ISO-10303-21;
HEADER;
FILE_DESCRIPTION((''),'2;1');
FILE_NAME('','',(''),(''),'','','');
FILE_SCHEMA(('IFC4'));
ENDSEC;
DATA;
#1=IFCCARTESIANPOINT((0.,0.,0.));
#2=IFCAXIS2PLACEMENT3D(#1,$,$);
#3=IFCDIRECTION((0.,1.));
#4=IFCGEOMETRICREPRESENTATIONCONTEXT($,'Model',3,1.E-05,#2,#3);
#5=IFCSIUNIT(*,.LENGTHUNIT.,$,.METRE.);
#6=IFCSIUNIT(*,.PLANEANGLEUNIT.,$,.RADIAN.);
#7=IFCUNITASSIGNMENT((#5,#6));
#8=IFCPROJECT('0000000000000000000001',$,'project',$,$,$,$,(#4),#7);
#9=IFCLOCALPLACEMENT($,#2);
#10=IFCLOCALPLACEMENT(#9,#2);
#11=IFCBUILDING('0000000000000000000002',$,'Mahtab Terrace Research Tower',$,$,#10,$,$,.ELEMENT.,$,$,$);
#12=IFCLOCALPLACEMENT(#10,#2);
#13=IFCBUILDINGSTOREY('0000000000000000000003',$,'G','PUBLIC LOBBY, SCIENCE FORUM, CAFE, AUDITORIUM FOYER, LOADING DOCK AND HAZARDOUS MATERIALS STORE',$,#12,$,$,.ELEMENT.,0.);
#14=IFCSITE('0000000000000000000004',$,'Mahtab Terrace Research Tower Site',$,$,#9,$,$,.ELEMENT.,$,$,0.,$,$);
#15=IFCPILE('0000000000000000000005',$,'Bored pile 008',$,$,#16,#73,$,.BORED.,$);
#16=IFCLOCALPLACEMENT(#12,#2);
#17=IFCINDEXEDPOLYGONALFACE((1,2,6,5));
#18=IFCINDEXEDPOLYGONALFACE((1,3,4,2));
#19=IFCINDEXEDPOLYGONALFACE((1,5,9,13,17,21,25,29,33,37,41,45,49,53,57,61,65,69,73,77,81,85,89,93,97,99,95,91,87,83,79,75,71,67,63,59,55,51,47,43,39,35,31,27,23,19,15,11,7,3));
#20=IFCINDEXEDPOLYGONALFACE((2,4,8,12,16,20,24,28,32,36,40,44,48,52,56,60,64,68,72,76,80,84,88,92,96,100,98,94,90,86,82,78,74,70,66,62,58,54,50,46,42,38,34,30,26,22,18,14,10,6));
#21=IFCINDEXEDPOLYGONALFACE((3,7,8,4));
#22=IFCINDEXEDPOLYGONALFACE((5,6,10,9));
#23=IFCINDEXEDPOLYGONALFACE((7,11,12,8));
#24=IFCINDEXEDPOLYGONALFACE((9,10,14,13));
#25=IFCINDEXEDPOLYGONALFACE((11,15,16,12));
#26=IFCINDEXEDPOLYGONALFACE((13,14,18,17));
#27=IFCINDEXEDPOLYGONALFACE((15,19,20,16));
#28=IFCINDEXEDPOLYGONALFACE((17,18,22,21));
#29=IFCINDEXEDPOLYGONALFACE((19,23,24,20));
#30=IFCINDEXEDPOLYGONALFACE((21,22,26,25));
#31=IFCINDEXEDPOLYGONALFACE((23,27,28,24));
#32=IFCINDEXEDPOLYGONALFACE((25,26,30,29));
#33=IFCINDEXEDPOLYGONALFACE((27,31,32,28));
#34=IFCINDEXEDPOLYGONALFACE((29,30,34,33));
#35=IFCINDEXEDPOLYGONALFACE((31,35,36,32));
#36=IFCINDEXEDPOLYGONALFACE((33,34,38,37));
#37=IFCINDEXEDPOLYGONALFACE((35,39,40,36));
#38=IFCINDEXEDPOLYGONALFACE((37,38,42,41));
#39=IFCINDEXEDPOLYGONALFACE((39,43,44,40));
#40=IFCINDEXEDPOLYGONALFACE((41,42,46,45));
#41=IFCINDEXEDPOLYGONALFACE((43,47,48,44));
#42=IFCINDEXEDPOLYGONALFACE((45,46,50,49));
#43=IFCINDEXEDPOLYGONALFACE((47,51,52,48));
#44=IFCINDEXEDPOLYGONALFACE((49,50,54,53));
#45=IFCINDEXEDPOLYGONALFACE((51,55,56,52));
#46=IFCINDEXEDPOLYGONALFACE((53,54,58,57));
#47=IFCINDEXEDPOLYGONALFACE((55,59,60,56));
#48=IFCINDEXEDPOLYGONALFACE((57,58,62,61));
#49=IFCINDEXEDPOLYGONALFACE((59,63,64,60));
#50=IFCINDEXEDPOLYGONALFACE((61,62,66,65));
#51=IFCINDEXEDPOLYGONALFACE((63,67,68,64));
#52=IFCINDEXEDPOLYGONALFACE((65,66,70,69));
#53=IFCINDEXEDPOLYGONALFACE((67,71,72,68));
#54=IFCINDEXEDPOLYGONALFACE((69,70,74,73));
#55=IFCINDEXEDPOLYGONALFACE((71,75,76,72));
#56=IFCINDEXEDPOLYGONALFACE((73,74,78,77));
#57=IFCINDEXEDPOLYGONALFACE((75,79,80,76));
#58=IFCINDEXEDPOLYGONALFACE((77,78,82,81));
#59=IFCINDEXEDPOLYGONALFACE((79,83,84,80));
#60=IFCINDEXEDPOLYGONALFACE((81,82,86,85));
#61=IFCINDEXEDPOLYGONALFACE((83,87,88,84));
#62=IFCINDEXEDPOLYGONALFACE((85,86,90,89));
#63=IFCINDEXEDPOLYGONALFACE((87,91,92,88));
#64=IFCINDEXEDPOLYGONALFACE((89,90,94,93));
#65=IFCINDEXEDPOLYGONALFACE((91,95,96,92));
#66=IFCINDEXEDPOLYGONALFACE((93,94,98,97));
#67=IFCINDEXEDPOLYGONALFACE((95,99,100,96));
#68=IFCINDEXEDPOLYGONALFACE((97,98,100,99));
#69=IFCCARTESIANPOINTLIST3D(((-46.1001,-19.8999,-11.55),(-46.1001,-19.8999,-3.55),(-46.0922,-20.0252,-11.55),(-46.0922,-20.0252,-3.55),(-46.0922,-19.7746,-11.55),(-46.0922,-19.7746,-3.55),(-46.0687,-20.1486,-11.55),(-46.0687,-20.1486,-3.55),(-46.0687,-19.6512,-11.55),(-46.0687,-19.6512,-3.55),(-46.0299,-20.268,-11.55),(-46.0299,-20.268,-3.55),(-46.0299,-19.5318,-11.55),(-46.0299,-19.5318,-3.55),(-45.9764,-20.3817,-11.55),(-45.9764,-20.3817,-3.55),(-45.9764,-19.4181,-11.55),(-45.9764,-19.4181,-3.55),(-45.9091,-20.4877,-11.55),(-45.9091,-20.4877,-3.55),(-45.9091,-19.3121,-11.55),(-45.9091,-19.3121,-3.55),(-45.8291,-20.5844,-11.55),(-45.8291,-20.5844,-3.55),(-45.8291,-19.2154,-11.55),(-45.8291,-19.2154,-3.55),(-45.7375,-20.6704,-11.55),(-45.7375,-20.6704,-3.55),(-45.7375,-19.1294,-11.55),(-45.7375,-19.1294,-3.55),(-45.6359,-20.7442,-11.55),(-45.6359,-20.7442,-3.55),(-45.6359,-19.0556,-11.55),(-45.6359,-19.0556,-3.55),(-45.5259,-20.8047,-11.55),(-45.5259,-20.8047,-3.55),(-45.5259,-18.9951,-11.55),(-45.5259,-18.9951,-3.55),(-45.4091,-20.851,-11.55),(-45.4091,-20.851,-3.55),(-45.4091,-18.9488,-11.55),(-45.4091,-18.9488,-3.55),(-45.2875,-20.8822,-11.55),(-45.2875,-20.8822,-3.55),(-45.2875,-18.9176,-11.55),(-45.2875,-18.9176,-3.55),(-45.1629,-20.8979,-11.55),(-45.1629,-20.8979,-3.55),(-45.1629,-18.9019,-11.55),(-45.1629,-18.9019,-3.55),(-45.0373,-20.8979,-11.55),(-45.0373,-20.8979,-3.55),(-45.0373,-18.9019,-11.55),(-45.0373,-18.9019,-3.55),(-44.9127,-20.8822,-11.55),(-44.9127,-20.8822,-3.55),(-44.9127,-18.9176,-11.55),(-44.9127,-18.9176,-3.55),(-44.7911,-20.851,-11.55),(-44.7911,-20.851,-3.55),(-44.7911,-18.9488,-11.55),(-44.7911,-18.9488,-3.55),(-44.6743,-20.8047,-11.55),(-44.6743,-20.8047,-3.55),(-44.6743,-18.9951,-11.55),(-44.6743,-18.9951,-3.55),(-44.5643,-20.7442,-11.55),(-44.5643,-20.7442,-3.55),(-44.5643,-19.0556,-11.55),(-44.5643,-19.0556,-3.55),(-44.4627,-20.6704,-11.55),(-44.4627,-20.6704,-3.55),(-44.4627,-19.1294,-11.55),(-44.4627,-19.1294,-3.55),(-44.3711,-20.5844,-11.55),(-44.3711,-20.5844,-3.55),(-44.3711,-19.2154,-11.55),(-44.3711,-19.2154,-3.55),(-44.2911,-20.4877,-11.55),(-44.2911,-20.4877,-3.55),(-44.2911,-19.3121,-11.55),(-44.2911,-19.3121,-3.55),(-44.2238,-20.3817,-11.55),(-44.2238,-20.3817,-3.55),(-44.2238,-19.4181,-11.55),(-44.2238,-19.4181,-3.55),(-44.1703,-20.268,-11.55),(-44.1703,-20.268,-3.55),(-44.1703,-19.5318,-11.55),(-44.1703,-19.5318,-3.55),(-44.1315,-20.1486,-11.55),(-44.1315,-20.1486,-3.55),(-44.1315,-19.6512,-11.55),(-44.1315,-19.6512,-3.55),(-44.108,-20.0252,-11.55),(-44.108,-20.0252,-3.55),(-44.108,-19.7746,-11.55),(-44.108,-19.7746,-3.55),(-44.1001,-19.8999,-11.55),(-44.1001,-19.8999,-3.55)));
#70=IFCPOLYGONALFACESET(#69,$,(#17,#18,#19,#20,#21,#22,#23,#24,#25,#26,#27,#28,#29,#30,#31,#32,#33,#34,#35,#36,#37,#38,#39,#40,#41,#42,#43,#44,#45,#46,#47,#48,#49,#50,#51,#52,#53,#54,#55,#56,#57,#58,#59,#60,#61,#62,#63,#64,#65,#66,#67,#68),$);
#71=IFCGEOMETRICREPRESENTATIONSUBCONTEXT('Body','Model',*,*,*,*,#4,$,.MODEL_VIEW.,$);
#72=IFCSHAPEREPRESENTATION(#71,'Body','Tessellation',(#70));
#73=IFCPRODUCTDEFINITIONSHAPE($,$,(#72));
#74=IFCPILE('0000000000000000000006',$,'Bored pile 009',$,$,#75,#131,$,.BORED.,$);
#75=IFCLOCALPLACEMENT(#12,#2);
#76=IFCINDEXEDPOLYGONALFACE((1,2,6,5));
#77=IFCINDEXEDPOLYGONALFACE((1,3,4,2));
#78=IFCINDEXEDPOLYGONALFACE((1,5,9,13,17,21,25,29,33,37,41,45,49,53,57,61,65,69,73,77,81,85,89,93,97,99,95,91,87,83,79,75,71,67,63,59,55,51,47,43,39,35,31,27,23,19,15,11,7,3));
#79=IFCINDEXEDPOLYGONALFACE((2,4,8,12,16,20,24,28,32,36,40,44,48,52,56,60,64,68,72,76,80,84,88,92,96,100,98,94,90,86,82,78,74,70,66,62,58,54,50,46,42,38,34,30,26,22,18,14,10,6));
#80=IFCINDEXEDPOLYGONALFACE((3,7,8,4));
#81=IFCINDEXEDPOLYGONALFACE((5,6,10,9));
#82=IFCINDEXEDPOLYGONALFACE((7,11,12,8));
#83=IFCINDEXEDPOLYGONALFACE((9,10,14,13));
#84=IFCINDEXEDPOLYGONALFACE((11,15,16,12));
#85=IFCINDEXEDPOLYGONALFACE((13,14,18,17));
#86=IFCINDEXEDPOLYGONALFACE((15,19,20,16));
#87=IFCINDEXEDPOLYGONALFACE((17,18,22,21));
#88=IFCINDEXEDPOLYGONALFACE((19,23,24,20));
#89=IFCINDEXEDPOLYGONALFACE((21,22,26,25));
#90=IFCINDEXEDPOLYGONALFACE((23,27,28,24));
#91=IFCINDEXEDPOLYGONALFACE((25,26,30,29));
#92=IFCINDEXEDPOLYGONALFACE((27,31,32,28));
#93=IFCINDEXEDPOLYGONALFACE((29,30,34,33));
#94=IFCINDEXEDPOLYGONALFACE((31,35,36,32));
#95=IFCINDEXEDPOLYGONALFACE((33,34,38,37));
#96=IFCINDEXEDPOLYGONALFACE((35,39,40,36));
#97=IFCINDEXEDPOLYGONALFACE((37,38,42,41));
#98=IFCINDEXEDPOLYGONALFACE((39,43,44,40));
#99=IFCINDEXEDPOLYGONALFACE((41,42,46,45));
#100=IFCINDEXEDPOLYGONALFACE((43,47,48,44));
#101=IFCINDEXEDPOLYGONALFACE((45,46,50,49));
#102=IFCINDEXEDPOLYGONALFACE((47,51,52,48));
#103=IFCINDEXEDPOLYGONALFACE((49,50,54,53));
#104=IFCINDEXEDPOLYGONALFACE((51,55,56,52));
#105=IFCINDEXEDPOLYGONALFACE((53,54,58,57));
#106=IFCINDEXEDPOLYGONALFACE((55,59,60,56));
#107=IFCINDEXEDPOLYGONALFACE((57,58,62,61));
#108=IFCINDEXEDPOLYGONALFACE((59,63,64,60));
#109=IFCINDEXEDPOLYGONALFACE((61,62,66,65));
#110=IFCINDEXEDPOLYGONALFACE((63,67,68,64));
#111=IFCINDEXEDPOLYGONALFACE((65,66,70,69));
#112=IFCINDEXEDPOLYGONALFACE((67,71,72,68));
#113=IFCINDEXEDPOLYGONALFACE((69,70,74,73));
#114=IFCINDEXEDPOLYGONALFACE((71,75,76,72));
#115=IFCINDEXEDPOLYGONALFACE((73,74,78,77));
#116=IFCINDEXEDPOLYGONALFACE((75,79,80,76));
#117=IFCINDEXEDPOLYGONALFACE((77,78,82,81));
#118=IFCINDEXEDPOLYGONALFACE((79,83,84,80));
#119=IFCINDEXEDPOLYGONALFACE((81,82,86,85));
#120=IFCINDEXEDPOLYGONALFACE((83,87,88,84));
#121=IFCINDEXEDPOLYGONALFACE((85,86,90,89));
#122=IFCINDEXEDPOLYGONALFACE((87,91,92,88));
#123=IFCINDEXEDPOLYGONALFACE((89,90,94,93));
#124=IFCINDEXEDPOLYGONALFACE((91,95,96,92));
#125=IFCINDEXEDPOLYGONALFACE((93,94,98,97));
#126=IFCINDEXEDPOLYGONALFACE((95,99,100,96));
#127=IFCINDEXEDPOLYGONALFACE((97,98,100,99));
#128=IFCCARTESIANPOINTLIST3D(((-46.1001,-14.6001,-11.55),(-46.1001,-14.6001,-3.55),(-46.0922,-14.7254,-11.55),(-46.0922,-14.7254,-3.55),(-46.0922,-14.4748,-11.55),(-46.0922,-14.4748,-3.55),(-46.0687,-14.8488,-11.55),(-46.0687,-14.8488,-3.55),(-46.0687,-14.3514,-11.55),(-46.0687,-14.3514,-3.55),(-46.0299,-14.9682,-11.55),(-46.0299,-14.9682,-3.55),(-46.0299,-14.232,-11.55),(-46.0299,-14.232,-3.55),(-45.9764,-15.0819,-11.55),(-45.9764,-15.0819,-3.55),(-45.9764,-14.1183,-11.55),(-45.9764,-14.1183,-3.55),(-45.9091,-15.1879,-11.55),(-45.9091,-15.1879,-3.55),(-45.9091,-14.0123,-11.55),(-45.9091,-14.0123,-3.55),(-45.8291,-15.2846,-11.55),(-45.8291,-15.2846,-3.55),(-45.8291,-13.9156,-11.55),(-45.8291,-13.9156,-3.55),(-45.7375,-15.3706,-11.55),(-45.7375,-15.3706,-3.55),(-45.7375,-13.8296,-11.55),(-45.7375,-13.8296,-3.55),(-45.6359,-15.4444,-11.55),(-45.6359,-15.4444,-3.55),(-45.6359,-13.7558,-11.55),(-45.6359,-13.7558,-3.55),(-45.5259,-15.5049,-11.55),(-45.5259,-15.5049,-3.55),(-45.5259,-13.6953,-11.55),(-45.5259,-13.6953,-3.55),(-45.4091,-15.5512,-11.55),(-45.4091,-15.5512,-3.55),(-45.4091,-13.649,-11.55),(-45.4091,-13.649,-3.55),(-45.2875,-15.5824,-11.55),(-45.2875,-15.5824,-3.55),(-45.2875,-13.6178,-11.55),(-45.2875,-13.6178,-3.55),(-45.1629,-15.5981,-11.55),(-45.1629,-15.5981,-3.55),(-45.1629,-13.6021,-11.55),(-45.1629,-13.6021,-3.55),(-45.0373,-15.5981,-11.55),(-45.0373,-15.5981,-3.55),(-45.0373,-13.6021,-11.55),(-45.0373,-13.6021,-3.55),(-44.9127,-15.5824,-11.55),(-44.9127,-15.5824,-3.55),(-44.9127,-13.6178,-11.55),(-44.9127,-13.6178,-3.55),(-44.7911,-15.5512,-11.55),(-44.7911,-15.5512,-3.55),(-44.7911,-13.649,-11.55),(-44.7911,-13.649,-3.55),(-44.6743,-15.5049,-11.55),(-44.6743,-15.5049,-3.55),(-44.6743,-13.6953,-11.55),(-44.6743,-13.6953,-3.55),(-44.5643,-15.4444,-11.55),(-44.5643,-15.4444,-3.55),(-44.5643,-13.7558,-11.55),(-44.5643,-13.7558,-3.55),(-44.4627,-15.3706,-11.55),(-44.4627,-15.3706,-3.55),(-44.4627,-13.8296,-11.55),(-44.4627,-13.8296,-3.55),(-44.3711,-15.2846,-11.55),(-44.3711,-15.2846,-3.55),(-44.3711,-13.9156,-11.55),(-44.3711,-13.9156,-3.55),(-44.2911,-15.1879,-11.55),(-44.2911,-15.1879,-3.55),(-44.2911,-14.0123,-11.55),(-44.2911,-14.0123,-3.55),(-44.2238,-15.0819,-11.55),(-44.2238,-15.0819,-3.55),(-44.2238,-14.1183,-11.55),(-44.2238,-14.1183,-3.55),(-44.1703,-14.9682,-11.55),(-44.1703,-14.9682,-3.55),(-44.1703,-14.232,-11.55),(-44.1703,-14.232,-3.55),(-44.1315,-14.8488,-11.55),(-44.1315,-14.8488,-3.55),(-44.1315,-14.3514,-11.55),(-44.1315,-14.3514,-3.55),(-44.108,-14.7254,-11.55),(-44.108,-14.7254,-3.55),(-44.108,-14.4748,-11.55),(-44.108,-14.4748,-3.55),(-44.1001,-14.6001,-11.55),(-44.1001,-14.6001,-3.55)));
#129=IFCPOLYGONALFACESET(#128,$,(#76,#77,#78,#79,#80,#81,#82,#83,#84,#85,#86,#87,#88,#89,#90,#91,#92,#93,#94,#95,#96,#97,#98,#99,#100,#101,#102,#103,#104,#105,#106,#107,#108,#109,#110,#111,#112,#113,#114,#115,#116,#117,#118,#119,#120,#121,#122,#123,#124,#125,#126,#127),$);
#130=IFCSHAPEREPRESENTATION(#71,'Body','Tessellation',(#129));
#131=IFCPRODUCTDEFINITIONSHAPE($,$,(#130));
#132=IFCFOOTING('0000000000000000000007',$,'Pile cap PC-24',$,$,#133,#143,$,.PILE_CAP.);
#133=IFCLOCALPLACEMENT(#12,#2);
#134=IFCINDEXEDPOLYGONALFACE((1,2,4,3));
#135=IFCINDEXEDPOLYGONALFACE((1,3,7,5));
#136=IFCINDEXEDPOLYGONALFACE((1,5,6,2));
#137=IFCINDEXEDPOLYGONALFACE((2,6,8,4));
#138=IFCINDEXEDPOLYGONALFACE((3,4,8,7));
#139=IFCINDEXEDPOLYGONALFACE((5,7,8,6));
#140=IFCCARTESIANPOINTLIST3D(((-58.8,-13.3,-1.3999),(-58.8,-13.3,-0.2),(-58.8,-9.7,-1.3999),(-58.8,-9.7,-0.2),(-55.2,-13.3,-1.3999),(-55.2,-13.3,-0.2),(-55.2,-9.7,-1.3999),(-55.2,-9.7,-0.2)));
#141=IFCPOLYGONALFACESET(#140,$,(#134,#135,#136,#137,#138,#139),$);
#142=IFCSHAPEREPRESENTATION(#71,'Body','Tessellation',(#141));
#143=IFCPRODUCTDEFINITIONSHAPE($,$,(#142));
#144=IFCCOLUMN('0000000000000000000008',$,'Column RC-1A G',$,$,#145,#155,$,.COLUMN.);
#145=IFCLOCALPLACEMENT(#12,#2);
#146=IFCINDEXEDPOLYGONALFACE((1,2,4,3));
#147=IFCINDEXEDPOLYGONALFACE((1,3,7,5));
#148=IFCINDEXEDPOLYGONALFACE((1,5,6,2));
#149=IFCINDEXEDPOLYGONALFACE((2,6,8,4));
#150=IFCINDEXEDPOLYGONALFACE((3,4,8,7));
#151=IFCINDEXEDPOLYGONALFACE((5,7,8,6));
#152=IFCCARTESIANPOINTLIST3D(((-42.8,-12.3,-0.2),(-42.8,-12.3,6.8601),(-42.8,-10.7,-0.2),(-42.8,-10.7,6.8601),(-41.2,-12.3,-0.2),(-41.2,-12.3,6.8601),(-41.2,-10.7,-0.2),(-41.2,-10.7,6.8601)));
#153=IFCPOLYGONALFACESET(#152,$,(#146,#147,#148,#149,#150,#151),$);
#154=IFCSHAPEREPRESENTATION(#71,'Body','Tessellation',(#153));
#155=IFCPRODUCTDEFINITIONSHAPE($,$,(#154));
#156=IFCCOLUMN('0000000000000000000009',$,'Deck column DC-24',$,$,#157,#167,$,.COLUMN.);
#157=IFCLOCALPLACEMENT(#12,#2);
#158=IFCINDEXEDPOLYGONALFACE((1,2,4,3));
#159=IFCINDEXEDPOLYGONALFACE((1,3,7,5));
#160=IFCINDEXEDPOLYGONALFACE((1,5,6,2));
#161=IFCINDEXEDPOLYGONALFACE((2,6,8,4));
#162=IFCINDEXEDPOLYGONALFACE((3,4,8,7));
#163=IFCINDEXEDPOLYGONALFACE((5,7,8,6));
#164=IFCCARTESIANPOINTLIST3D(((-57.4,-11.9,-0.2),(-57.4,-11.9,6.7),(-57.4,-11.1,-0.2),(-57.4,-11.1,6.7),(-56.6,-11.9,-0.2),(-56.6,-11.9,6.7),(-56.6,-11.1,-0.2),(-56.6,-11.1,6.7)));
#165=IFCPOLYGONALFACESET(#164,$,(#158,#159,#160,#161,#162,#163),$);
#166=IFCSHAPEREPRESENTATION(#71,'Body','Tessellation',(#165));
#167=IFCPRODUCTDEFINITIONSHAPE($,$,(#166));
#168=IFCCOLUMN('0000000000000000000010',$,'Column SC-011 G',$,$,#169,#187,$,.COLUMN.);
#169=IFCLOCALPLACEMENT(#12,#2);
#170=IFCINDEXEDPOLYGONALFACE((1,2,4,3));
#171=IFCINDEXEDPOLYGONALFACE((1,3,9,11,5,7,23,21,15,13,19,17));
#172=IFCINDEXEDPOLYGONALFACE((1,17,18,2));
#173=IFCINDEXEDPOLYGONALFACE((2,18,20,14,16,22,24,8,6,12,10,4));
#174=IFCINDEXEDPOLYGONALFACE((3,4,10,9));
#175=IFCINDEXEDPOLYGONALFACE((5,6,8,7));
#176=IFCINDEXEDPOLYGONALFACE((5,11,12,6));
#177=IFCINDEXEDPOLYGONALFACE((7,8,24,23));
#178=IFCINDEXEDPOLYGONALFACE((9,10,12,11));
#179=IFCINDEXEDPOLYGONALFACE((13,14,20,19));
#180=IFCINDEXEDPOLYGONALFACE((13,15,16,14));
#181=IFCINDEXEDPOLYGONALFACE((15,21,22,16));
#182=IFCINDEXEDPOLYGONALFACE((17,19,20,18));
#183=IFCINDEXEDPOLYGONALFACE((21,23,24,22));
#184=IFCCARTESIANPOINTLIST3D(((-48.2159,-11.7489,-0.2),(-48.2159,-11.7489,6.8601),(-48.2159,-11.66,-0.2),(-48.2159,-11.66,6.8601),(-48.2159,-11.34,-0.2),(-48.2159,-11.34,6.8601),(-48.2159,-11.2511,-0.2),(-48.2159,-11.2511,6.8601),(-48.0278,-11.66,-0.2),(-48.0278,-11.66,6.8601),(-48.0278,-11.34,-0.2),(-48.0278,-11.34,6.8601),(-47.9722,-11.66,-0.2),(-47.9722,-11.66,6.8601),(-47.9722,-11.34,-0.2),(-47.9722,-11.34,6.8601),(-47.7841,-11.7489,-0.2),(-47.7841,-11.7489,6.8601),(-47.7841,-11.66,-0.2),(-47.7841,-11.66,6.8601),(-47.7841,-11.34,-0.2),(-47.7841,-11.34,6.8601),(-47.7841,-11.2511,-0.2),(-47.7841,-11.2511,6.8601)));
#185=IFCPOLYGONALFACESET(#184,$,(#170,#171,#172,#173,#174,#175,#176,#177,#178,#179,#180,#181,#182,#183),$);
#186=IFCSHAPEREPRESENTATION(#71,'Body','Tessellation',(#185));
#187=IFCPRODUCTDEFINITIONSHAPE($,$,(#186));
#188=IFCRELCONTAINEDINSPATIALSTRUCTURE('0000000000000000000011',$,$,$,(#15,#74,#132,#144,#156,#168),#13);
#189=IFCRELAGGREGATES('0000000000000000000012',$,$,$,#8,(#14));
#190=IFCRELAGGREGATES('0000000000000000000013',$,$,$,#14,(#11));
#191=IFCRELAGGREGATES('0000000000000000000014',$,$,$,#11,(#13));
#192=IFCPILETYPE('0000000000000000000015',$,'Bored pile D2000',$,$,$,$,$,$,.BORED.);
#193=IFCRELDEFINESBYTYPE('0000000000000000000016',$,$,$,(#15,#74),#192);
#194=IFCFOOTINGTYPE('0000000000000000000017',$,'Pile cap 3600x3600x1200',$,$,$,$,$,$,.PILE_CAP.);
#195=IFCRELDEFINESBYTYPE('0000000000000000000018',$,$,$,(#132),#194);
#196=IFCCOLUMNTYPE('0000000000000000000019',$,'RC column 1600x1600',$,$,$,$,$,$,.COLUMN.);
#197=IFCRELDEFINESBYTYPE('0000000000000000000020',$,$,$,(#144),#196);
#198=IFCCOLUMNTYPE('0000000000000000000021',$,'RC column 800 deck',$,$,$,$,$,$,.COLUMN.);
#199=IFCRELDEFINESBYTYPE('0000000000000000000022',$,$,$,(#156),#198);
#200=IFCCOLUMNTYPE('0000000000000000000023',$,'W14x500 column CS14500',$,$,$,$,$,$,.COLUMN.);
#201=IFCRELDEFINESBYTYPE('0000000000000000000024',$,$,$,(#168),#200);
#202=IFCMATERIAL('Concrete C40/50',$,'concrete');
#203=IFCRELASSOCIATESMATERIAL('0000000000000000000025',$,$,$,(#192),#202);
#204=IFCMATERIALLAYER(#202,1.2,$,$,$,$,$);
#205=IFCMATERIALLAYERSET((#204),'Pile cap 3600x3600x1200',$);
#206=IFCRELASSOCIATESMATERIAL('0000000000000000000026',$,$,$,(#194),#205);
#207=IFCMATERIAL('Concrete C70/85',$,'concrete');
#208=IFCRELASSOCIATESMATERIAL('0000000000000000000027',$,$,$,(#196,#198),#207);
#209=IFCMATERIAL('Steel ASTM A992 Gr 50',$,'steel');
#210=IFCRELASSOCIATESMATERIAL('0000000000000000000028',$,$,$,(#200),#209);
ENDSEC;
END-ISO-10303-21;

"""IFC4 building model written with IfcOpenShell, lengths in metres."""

from ifc_helpers import new_model, si_unit, direction, frame, origin, origin_2d, place, context, subcontext, project, spatial, rectangle, circle, i_section, extrude, material, layer, layer_set, material_profile, profile_set, type_object, element, save


model = new_model("IFC4")

# Units and contexts
model_context = context("Model", 3, precision=1e-05, world=origin(), true_north=direction((0.0, 1.0)))
body_context = subcontext(model_context, "Body", "Model", "MODEL_VIEW")
ifc_project = project(units=[si_unit("LENGTHUNIT", "METRE"), si_unit("PLANEANGLEUNIT", "RADIAN")], contexts=[model_context])

# Site, building, storey
site_placement = place(None, origin())
site = spatial("IfcSite", under=ifc_project, at=site_placement, Name="Mahtab Terrace Research Tower Site", CompositionType="ELEMENT", RefElevation=0.0)
building_placement = place(site_placement, origin())
building = spatial("IfcBuilding", under=site, at=building_placement, Name="Mahtab Terrace Research Tower", CompositionType="ELEMENT")
storey_placement = place(building_placement, origin())
storey = spatial("IfcBuildingStorey", under=building, at=storey_placement, Name="G", Description="PUBLIC LOBBY, SCIENCE FORUM, CAFE, AUDITORIUM FOYER, LOADING DOCK AND HAZARDOUS MATERIALS STORE", CompositionType="ELEMENT", Elevation=0.0)

# Piles
ifc_material_1 = material(Name="Concrete C40/50", Category="concrete")
ifc_material_profile_1 = material_profile(ifc_material_1, circle(Radius=1.0, at=origin_2d()), Name="Bored pile D2000")
ifc_profile_set_1 = profile_set([ifc_material_profile_1], Name="Concrete C40/50")
pile_type_1 = type_object("IfcPileType", Name="Bored pile D2000", PredefinedType="BORED", material=ifc_profile_set_1)
for number, where, z_axis, x_axis, name in (
    (1, (-45.1001, -19.8999, -3.55), (0.0, 0.0, -1.0), (1.0, 0.0, 0.0), "Bored pile 008"),
    (2, (-45.1001, -14.6001, -3.55), (0.0, 0.0, -1.0), (1.0, 0.0, 0.0), "Bored pile 009"),
):
    element("IfcPile", number, at=place(storey_placement, frame(where, z_axis=z_axis, x_axis=x_axis)), inside=storey, type_object=pile_type_1, Name=name, PredefinedType="BORED", context=body_context, shape_type="SweptSolid", body=[
        extrude(circle(Radius=1.0, at=origin_2d()), origin(), (0.0, 0.0, 1.0), 8.0),
    ])

# Footing
ifc_layer_1 = layer(ifc_material_1, 1.2)
ifc_layer_set_1 = layer_set([ifc_layer_1], Name="Pile cap 3600x3600x1200")
footing_type = type_object("IfcFootingType", Name="Pile cap 3600x3600x1200", PredefinedType="PILE_CAP", material=ifc_layer_set_1)
footing_placement = place(storey_placement, frame((-57.0, -11.5, -1.3999), z_axis=(0.0, 0.0, 1.0), x_axis=(1.0, 0.0, 0.0)))
element("IfcFooting", 3, at=footing_placement, inside=storey, type_object=footing_type, Name="Pile cap PC-24", PredefinedType="PILE_CAP", context=body_context, shape_type="SweptSolid", body=[
    extrude(rectangle(XDim=3.6001, YDim=3.6001, at=origin_2d()), origin(), (0.0, 0.0, 1.0), 1.2),
])

# Columns
ifc_material_2 = material(Name="Concrete C70/85", Category="concrete")
ifc_material_profile_2 = material_profile(ifc_material_2, rectangle(XDim=1.6001, YDim=1.6001, at=origin_2d()), Name="RC column 1600x1600")
ifc_profile_set_2 = profile_set([ifc_material_profile_2], Name="Concrete C70/85")
column_type_1 = type_object("IfcColumnType", Name="RC column 1600x1600", PredefinedType="COLUMN", material=ifc_profile_set_2)
column_1_placement = place(storey_placement, frame((-42.0, -11.5, -0.2), z_axis=(0.0, 0.0, 1.0), x_axis=(1.0, 0.0, 0.0)))
element("IfcColumn", 4, at=column_1_placement, inside=storey, type_object=column_type_1, Name="Column RC-1A G", PredefinedType="COLUMN", context=body_context, shape_type="SweptSolid", body=[
    extrude(rectangle(XDim=1.6001, YDim=1.6001, at=origin_2d()), origin(), (0.0, 0.0, 1.0), 7.0601),
])
ifc_material_profile_3 = material_profile(ifc_material_2, rectangle(XDim=0.8, YDim=0.8, at=origin_2d()), Name="RC column 800 deck")
ifc_profile_set_3 = profile_set([ifc_material_profile_3], Name="Concrete C70/85")
column_type_2 = type_object("IfcColumnType", Name="RC column 800 deck", PredefinedType="COLUMN", material=ifc_profile_set_3)
column_2_placement = place(storey_placement, frame((-57.0, -11.5, -0.2), z_axis=(0.0, 0.0, 1.0), x_axis=(1.0, 0.0, 0.0)))
element("IfcColumn", 5, at=column_2_placement, inside=storey, type_object=column_type_2, Name="Deck column DC-24", PredefinedType="COLUMN", context=body_context, shape_type="SweptSolid", body=[
    extrude(rectangle(XDim=0.8, YDim=0.8, at=origin_2d()), origin(), (0.0, 0.0, 1.0), 6.8999),
])
ifc_material_3 = material(Name="Steel ASTM A992 Gr 50", Category="steel")
ifc_material_profile_4 = material_profile(ifc_material_3, i_section(OverallWidth=0.4319, OverallDepth=0.4978, WebThickness=0.0557, FlangeThickness=0.0889, at=origin_2d()), Name="W14X500")
ifc_profile_set_4 = profile_set([ifc_material_profile_4], Name="Steel ASTM A992 Gr 50")
column_type_3 = type_object("IfcColumnType", Name="W14x500 column CS14500", PredefinedType="COLUMN", material=ifc_profile_set_4)
column_3_placement = place(storey_placement, frame((-48.0, -11.5, -0.2), z_axis=(0.0, 0.0, 1.0), x_axis=(1.0, 0.0, 0.0)))
element("IfcColumn", 6, at=column_3_placement, inside=storey, type_object=column_type_3, Name="Column SC-011 G", PredefinedType="COLUMN", context=body_context, shape_type="SweptSolid", body=[
    extrude(i_section(OverallWidth=0.4319, OverallDepth=0.4978, WebThickness=0.0557, FlangeThickness=0.0889, at=origin_2d()), origin(), (0.0, 0.0, 1.0), 7.0601),
])

save(model, "model.ifc")
